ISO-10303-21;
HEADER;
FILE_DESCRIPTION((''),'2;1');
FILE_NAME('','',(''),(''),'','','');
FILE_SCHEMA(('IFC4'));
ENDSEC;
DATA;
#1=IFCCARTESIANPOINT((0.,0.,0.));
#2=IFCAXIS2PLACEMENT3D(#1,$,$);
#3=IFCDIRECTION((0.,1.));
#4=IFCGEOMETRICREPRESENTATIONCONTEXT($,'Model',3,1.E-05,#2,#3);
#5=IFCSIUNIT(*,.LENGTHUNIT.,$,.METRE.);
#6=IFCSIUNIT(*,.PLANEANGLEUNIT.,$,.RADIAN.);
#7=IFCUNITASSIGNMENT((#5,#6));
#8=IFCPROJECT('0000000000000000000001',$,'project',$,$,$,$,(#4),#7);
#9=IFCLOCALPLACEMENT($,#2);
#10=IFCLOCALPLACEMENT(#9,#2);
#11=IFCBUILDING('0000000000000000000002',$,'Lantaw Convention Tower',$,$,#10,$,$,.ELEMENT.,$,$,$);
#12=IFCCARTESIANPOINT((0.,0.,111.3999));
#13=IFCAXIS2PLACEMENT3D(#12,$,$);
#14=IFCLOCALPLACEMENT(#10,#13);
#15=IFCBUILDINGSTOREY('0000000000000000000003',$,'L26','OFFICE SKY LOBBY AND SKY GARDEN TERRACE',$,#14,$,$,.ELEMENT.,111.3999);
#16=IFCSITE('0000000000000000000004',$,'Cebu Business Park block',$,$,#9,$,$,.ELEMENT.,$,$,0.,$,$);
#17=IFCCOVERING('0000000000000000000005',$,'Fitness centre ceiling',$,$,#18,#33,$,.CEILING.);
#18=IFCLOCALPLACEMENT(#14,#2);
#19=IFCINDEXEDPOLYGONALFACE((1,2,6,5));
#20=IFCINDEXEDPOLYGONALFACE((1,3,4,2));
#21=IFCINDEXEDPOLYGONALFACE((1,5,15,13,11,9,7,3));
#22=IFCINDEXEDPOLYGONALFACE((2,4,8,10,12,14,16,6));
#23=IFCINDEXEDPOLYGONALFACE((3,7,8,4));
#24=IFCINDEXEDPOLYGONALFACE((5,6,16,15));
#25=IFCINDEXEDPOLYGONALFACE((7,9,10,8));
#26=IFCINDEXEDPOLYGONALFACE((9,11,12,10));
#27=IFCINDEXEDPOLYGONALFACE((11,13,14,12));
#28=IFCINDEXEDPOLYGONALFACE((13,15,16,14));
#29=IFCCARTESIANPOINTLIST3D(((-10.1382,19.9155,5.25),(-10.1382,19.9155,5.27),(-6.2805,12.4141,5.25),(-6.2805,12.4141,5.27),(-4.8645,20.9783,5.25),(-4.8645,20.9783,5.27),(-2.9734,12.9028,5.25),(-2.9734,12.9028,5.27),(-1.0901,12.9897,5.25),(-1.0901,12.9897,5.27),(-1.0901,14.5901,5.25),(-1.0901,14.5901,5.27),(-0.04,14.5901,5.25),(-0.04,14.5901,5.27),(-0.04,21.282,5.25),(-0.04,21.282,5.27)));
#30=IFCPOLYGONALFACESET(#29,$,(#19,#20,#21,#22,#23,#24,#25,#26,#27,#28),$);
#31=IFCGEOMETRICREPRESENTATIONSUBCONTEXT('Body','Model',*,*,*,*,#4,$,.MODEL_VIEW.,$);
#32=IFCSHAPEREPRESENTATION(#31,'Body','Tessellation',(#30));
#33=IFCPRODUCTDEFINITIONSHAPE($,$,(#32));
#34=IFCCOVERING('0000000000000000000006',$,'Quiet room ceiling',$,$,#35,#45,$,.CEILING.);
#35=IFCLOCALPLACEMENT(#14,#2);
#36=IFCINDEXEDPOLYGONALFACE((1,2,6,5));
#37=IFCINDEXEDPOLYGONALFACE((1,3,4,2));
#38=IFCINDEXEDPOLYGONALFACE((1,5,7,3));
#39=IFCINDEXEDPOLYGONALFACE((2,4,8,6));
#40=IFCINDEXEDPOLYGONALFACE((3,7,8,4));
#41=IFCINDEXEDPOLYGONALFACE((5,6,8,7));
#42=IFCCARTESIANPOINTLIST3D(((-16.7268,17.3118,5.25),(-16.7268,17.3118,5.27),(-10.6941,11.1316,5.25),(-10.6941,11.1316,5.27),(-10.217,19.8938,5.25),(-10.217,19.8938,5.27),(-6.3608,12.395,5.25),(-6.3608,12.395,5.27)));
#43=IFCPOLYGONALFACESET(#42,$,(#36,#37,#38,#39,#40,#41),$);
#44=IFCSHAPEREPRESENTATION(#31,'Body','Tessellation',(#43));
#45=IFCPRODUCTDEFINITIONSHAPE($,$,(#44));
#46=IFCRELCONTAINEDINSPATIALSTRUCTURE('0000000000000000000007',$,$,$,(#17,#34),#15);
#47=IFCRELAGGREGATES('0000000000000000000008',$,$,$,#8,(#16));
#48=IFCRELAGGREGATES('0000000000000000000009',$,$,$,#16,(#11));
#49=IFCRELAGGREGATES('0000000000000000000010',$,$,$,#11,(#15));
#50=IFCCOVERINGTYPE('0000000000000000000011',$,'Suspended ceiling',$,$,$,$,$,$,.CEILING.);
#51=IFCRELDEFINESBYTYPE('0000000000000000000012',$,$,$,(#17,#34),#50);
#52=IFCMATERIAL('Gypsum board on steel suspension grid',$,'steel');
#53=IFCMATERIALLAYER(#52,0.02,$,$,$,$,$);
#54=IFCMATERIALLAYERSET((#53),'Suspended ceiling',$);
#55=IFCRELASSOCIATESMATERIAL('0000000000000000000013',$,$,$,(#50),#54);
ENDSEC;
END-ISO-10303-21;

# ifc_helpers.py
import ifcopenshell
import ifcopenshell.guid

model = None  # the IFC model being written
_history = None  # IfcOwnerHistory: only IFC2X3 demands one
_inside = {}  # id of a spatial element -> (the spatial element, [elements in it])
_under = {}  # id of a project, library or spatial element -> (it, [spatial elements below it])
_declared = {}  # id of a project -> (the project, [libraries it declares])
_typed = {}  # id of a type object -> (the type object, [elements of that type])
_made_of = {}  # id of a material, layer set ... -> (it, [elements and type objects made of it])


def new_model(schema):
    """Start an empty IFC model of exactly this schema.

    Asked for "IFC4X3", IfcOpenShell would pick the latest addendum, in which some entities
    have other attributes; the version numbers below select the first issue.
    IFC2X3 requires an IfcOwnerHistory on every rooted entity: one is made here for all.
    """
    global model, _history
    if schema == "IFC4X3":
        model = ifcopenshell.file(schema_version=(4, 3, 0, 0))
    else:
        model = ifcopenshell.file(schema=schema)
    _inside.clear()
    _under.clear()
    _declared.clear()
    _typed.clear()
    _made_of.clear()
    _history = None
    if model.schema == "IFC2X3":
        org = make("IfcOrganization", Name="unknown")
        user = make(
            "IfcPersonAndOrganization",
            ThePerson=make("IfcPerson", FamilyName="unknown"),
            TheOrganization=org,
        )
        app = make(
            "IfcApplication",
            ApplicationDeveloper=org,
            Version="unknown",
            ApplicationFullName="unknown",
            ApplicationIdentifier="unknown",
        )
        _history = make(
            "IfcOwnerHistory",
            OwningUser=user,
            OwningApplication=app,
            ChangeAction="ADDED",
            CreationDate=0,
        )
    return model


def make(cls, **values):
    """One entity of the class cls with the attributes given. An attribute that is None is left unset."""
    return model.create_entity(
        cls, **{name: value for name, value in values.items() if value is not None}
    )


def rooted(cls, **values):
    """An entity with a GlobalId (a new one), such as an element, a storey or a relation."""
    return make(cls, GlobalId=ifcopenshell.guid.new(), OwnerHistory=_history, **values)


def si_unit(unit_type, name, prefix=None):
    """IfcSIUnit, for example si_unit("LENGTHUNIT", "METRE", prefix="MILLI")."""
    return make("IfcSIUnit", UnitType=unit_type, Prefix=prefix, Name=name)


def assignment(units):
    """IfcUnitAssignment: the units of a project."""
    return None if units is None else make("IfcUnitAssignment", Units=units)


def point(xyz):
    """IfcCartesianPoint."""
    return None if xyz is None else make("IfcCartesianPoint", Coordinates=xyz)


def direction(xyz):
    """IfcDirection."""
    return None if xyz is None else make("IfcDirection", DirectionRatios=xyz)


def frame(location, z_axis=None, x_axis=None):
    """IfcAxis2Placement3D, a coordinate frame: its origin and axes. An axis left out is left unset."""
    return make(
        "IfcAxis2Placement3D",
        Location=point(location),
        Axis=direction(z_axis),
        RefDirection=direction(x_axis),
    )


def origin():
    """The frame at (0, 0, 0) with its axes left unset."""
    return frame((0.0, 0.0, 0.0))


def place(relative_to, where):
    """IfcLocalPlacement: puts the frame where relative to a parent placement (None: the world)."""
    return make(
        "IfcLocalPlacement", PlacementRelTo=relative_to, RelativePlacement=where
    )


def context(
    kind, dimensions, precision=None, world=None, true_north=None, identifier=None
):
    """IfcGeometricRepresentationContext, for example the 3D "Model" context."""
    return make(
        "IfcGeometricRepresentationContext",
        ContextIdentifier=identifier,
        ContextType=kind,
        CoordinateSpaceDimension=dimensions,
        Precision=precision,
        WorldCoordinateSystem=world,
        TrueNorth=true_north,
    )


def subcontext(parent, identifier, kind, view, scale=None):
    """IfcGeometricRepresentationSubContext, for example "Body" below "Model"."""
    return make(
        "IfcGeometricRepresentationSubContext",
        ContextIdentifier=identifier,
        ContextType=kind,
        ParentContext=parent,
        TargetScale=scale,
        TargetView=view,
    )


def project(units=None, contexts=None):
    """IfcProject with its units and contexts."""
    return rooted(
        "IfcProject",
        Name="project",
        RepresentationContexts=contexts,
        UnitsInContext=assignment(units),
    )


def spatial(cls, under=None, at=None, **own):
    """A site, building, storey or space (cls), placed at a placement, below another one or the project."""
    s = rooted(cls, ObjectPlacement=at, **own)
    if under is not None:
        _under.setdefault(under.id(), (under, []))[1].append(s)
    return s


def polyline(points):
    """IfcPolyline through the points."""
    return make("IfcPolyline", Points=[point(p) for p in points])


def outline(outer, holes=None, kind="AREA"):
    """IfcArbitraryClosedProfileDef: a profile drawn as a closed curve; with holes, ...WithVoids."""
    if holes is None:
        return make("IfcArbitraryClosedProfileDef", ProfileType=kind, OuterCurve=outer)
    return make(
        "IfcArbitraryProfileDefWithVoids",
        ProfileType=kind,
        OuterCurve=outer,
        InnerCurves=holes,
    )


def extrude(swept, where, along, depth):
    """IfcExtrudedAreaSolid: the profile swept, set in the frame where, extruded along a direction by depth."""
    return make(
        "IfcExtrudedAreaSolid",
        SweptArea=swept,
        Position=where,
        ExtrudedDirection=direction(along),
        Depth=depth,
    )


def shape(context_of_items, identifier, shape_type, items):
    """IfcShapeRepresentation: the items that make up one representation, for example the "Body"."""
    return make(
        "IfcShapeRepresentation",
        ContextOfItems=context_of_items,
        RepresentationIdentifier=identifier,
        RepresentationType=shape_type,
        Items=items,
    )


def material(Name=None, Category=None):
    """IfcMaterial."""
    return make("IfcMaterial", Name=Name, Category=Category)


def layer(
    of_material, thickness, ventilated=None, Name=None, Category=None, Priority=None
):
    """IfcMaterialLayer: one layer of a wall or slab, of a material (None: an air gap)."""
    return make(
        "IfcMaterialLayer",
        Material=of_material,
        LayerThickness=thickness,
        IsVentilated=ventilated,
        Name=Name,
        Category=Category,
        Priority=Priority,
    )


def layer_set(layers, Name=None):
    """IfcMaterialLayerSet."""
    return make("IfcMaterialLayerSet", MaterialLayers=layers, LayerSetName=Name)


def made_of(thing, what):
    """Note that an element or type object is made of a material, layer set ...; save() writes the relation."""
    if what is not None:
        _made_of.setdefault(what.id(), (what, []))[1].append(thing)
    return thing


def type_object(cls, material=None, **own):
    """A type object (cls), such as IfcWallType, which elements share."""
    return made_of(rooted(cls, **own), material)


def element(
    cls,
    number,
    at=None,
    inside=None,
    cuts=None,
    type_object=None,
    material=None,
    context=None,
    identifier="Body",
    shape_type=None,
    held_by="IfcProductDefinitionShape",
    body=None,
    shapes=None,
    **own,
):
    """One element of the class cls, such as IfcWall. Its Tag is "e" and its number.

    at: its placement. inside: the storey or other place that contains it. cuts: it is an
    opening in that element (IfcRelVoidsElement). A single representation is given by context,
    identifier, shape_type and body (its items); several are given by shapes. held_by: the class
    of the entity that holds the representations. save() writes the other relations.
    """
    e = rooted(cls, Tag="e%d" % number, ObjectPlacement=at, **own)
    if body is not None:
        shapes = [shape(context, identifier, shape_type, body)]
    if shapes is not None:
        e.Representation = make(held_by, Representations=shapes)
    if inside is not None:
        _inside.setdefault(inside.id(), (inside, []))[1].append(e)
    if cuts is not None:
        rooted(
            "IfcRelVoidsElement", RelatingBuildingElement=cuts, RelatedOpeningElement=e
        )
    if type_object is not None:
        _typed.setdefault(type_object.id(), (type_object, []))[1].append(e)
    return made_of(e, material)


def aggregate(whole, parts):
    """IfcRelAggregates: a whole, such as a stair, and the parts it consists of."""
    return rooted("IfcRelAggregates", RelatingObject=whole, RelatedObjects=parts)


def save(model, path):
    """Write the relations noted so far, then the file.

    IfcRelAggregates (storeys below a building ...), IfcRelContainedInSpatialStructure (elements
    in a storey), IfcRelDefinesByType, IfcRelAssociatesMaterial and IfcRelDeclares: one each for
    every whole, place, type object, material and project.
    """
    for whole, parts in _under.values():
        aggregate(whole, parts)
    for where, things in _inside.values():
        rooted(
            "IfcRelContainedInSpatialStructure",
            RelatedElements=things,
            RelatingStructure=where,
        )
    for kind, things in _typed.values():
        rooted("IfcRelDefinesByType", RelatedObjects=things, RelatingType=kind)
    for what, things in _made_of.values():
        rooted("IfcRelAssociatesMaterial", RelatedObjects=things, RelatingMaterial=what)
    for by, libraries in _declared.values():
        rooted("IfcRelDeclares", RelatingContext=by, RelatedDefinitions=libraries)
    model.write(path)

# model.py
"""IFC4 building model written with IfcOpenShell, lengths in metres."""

from ifc_helpers import new_model, si_unit, direction, frame, origin, place, context, subcontext, project, spatial, polyline, outline, extrude, material, layer, layer_set, type_object, element, save


model = new_model("IFC4")

# Units and contexts
model_context = context("Model", 3, precision=1e-05, world=origin(), true_north=direction((0.0, 1.0)))
body_context = subcontext(model_context, "Body", "Model", "MODEL_VIEW")
ifc_project = project(units=[si_unit("LENGTHUNIT", "METRE"), si_unit("PLANEANGLEUNIT", "RADIAN")], contexts=[model_context])

# Site, building, storey
site_placement = place(None, origin())
site = spatial("IfcSite", under=ifc_project, at=site_placement, Name="Cebu Business Park block", CompositionType="ELEMENT", RefElevation=0.0)
building_placement = place(site_placement, origin())
building = spatial("IfcBuilding", under=site, at=building_placement, Name="Lantaw Convention Tower", CompositionType="ELEMENT")
storey_placement = place(building_placement, frame((0.0, 0.0, 111.3999)))
storey = spatial("IfcBuildingStorey", under=building, at=storey_placement, Name="L26", Description="OFFICE SKY LOBBY AND SKY GARDEN TERRACE", CompositionType="ELEMENT", Elevation=111.3999)

# Coverings
ifc_material_1 = material(Name="Gypsum board on steel suspension grid", Category="steel")
ifc_layer_1 = layer(ifc_material_1, 0.02)
ifc_layer_set_1 = layer_set([ifc_layer_1], Name="Suspended ceiling")
covering_type = type_object("IfcCoveringType", Name="Suspended ceiling", PredefinedType="CEILING", material=ifc_layer_set_1)
covering_1_placement = place(storey_placement, frame((0.0, 0.0, 5.25)))
element("IfcCovering", 1, at=covering_1_placement, inside=storey, type_object=covering_type, Name="Fitness centre ceiling", PredefinedType="CEILING", context=body_context, shape_type="SweptSolid", body=[
    extrude(outline(polyline([(-2.9734, 12.9028), (-1.0901, 12.9897), (-1.0901, 14.5901), (-0.04, 14.5901), (-0.04, 21.282), (-4.8645, 20.9783), (-10.1382, 19.9155), (-6.2805, 12.4141), (-2.9734, 12.9028)])), origin(), (0.0, 0.0, 1.0), 0.02),
])
covering_2_placement = place(storey_placement, frame((0.0, 0.0, 5.25)))
element("IfcCovering", 2, at=covering_2_placement, inside=storey, type_object=covering_type, Name="Quiet room ceiling", PredefinedType="CEILING", context=body_context, shape_type="SweptSolid", body=[
    extrude(outline(polyline([(-6.3608, 12.395), (-10.217, 19.8938), (-16.7268, 17.3118), (-10.6941, 11.1316), (-6.3608, 12.395)])), origin(), (0.0, 0.0, 1.0), 0.02),
])

save(model, "model.ifc")
